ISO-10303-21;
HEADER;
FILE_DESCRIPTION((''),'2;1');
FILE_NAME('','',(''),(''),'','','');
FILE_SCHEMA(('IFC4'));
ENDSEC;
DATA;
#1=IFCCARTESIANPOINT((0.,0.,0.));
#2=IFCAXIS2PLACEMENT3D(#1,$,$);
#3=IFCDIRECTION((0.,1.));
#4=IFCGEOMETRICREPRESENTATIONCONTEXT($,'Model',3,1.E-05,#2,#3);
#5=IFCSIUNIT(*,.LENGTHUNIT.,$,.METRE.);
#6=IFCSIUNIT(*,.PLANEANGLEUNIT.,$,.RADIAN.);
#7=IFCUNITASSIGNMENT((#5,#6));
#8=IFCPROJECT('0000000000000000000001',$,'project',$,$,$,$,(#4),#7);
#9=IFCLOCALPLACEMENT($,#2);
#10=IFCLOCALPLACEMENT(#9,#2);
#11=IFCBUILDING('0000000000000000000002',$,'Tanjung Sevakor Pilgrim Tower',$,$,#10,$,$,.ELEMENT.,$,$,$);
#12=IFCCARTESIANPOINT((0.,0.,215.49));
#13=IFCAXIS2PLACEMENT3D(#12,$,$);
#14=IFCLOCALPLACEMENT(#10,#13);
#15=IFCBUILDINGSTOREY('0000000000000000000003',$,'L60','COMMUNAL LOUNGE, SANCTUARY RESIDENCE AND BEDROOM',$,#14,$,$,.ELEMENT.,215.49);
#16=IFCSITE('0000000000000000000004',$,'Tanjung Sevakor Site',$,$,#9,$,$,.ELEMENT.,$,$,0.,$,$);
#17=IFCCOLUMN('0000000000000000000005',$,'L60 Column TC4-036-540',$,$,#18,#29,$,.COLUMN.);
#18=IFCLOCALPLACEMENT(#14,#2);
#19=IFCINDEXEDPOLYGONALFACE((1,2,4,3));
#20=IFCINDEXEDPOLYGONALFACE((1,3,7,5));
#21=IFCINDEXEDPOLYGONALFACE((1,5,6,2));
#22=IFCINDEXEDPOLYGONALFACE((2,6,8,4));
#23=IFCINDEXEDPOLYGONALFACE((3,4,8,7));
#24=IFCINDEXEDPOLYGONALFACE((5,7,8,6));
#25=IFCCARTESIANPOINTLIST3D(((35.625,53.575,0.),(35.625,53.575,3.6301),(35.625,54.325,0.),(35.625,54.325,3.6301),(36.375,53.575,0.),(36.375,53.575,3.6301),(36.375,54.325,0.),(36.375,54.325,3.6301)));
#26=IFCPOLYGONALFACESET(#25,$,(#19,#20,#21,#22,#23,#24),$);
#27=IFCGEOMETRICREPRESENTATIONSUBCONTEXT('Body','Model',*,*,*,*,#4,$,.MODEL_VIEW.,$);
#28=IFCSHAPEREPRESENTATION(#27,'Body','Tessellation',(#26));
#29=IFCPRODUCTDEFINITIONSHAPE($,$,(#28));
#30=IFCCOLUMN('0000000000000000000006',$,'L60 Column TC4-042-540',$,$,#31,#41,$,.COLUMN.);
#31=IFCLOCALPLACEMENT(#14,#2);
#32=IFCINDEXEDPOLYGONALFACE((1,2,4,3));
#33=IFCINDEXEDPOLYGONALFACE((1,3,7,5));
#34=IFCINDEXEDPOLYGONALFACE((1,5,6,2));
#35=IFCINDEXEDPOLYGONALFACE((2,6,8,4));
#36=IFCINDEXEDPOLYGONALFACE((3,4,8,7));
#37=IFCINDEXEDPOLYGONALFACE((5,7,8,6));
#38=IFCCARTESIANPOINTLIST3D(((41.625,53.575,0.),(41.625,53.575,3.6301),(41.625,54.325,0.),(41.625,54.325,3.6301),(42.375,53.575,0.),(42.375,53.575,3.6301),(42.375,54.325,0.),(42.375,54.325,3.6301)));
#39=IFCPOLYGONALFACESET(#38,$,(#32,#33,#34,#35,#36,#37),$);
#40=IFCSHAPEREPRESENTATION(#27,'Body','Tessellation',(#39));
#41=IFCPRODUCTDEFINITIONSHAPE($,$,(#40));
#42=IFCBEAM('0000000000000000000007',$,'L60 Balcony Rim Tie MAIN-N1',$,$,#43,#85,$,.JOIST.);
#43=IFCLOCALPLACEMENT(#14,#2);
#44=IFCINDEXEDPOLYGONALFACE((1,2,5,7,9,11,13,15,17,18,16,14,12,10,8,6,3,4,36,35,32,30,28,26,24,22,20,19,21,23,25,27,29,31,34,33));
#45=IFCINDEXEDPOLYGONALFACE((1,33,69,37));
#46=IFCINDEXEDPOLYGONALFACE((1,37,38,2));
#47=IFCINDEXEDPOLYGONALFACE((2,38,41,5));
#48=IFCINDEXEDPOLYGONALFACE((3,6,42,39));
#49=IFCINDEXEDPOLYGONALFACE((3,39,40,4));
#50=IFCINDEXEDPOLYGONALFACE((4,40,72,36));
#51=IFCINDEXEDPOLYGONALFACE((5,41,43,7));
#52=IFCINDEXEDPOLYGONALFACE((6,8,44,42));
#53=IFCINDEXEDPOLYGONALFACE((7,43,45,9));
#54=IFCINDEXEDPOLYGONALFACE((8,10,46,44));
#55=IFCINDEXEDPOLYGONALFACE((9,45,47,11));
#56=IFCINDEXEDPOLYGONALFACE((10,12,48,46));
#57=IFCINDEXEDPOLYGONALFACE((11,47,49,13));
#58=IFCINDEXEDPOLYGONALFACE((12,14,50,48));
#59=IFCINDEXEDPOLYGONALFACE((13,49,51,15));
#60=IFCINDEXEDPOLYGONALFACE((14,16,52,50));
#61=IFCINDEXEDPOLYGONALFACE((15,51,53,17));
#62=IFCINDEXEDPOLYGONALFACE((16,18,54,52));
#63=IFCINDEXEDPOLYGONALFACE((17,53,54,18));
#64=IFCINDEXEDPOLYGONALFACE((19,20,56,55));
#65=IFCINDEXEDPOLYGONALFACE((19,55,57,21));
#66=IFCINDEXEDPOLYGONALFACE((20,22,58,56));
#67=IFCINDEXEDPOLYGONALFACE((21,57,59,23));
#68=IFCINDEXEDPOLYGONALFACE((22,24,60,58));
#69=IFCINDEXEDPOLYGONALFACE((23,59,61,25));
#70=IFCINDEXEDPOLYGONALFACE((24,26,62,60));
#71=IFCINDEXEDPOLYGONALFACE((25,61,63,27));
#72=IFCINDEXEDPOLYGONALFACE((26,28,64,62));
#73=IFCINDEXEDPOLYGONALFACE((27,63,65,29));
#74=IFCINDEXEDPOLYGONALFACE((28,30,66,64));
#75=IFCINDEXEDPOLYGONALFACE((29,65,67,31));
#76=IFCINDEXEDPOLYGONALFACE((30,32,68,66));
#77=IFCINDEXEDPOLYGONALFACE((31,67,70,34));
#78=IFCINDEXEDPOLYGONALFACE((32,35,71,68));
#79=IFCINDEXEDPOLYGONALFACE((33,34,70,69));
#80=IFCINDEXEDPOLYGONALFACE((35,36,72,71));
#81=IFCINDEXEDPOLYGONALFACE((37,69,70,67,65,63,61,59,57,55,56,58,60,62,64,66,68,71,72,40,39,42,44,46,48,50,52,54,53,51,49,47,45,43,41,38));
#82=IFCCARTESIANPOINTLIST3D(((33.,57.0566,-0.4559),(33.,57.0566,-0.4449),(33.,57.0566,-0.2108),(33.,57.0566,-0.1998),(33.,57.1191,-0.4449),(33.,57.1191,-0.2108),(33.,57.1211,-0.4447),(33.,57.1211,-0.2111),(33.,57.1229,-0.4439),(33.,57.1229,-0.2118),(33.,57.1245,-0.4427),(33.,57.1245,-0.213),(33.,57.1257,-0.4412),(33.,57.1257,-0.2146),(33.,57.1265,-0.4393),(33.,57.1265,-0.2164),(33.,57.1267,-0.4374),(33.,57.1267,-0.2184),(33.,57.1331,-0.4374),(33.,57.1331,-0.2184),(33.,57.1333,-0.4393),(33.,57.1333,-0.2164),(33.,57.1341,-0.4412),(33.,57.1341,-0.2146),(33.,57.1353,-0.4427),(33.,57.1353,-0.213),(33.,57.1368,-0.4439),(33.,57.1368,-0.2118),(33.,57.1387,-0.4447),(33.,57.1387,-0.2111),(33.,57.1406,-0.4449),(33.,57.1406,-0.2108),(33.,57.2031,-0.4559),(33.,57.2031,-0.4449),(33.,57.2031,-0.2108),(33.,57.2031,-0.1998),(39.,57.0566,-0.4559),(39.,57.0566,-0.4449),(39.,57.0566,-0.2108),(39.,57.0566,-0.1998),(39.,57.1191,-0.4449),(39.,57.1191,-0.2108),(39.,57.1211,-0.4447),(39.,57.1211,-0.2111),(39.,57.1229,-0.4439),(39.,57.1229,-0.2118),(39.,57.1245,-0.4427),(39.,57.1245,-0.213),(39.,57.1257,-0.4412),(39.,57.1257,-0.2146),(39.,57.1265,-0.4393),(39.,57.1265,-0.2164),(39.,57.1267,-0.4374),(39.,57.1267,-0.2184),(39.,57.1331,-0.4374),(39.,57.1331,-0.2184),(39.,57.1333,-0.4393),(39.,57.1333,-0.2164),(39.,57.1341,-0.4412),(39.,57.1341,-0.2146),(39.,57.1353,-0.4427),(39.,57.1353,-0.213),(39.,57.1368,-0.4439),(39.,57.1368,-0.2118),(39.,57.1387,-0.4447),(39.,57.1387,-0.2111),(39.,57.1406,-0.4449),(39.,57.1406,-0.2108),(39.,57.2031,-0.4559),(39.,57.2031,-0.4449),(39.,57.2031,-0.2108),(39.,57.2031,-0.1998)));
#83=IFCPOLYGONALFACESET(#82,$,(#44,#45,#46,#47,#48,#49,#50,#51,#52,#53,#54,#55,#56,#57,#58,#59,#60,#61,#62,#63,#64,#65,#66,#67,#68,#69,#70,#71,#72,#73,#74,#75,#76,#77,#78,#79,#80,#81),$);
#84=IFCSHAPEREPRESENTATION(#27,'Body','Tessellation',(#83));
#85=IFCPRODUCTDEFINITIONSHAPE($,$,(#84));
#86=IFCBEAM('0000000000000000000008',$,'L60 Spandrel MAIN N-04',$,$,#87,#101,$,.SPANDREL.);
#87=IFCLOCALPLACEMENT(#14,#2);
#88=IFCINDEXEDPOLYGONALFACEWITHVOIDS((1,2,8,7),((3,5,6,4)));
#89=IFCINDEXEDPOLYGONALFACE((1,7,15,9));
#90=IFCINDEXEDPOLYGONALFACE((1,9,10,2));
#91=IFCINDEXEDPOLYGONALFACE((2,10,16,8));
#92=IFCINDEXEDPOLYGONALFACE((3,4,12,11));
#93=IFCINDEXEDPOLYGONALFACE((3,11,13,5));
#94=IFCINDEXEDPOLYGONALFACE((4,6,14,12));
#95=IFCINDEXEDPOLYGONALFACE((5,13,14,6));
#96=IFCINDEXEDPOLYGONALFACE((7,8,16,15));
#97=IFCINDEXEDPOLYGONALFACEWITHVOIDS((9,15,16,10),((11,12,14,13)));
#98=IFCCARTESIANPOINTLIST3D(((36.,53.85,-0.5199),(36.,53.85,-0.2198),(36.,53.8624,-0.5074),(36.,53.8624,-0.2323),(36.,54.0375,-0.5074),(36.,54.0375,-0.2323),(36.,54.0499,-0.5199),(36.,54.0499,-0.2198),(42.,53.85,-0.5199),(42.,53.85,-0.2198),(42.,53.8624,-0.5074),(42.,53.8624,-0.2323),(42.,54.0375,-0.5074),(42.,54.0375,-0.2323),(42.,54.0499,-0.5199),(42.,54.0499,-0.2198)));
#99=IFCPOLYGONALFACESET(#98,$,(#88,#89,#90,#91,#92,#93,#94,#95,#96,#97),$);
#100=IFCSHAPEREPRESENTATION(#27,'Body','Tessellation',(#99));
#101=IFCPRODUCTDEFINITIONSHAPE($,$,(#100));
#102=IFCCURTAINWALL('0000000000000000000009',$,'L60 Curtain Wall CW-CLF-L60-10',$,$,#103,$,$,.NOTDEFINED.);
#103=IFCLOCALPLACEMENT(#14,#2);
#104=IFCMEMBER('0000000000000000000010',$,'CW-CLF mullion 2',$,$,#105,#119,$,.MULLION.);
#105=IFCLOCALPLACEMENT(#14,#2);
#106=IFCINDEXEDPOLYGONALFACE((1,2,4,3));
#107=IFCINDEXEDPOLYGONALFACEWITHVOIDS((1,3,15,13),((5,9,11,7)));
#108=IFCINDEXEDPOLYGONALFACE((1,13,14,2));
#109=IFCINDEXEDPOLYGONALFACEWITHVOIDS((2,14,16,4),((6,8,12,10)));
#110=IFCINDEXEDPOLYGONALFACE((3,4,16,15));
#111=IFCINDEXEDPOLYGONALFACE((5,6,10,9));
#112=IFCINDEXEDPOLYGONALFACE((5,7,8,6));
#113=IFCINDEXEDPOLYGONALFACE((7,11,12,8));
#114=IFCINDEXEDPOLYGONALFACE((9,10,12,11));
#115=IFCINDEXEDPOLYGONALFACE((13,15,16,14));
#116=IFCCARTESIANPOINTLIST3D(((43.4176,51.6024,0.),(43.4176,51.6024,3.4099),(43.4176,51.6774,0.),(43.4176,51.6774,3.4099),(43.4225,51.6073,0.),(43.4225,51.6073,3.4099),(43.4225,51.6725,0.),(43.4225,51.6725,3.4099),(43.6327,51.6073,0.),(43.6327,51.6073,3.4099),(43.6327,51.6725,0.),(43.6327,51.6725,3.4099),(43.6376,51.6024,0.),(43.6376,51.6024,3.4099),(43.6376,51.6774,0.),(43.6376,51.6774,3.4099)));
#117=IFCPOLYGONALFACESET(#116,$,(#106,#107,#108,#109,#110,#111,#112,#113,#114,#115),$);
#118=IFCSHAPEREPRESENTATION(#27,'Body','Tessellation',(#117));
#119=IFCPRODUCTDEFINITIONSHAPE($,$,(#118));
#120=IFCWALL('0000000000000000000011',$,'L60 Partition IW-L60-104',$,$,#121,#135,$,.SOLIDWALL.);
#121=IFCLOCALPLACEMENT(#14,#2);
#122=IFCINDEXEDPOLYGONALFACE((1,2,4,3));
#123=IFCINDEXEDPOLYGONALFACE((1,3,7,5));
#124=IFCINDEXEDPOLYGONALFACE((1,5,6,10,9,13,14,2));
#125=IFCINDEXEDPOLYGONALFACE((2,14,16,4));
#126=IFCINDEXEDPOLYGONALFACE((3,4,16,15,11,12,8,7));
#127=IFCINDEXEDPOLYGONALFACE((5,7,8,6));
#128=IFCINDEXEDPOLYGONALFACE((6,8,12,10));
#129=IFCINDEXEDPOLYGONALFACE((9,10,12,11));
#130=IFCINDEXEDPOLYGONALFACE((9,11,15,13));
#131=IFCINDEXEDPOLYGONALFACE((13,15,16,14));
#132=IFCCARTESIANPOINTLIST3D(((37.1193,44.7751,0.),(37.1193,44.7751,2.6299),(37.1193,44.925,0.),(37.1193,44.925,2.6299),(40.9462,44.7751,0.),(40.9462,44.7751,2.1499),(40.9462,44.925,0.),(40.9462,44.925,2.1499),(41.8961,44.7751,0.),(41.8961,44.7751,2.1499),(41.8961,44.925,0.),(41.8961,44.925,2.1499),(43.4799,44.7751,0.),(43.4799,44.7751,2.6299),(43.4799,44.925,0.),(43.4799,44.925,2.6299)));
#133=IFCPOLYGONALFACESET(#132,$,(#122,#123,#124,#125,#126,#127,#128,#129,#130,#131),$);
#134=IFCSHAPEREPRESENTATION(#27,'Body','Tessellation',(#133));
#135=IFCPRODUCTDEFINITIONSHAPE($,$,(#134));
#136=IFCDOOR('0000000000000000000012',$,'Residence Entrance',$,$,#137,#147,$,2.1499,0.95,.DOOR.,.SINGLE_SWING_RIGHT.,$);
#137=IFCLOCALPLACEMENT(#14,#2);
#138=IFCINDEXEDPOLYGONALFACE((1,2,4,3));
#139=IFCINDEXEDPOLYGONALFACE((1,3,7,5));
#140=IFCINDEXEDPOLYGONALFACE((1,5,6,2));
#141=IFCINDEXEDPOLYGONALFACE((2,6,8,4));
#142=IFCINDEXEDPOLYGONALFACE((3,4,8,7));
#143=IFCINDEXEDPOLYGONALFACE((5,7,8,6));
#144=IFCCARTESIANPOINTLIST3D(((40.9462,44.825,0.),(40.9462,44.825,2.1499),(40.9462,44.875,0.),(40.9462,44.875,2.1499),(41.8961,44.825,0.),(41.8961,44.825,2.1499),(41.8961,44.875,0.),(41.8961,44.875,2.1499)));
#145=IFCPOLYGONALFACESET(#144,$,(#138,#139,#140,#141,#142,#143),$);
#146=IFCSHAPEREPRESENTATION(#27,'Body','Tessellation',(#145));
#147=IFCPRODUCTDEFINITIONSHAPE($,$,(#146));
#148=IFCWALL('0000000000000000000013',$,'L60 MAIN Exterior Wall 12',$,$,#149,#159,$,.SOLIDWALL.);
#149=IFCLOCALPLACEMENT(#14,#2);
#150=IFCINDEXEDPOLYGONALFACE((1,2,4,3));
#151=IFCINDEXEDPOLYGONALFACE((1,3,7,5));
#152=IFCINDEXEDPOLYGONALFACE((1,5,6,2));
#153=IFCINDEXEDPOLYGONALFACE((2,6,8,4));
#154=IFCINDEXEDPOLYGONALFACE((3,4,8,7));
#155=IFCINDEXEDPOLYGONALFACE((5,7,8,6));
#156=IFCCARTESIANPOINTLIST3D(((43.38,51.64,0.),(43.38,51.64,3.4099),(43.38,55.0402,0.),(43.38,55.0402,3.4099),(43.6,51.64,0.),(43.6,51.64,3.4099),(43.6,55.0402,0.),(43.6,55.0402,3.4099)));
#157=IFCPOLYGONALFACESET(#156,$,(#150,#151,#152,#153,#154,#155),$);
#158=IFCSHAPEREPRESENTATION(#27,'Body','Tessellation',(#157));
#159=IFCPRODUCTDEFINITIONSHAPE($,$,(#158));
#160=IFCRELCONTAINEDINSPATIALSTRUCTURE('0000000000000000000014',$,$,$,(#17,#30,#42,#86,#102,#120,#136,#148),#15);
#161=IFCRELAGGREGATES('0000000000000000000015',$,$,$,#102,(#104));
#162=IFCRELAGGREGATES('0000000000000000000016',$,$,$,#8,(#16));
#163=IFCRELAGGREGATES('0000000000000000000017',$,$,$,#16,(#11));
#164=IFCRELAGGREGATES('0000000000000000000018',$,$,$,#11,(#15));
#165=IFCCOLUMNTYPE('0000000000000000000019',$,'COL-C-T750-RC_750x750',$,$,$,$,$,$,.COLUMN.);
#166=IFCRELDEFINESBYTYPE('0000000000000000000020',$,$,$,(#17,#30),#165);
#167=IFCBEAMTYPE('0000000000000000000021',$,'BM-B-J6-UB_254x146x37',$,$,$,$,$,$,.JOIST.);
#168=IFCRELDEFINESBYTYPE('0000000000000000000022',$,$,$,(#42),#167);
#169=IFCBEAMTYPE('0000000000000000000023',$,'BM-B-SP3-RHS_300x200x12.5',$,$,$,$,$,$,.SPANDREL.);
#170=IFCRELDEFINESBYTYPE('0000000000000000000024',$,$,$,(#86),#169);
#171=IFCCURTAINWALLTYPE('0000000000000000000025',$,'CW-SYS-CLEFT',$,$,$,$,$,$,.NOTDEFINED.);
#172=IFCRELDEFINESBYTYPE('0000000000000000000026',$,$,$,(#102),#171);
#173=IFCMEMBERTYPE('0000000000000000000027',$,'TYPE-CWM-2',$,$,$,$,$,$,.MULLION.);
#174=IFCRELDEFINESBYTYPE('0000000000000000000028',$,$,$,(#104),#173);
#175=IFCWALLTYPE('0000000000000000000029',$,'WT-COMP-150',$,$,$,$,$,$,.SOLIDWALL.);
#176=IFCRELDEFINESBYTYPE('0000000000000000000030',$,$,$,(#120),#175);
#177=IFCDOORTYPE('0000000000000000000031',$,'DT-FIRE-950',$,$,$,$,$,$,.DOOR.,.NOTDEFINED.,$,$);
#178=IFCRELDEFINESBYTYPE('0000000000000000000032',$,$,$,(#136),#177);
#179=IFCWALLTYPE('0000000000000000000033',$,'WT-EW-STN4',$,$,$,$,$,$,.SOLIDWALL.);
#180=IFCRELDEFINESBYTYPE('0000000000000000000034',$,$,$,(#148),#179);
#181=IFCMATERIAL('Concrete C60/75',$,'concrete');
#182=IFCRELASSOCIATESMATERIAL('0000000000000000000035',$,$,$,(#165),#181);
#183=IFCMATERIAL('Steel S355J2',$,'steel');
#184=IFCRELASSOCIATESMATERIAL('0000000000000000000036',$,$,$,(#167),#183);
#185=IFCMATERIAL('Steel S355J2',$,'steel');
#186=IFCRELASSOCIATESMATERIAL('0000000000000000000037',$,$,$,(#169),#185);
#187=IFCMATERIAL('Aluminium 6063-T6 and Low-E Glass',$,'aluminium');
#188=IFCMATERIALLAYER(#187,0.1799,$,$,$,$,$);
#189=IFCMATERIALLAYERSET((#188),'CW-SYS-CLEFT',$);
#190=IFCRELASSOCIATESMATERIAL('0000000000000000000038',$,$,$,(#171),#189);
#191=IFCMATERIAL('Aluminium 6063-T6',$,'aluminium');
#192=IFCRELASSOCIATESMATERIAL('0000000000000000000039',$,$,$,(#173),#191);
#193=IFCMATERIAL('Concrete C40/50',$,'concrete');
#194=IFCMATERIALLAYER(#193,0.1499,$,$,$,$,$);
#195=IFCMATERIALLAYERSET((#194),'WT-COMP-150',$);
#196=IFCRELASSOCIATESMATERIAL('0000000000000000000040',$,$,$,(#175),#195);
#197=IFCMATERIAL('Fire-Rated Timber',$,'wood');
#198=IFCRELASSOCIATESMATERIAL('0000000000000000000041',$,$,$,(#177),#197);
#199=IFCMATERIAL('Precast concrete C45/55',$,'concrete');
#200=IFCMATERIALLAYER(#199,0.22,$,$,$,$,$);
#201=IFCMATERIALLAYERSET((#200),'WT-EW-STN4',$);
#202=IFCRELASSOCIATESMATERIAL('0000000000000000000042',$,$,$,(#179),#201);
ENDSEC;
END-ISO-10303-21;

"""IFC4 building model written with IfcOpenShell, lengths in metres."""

from ifc_helpers import new_model, si_unit, direction, frame, frame_2d, origin, origin_2d, place, context, subcontext, project, spatial, rectangle, hollow_rectangle, i_section, extrude, material, layer, layer_set, material_profile, profile_set, type_object, element, fill, aggregate, save


model = new_model("IFC4")

# Units and contexts
model_context = context("Model", 3, precision=1e-05, world=origin(), true_north=direction((0.0, 1.0)))
body_context = subcontext(model_context, "Body", "Model", "MODEL_VIEW")
ifc_project = project(units=[si_unit("LENGTHUNIT", "METRE"), si_unit("PLANEANGLEUNIT", "RADIAN")], contexts=[model_context])

# Site, building, storey
site_placement = place(None, origin())
site = spatial("IfcSite", under=ifc_project, at=site_placement, Name="Tanjung Sevakor Site", CompositionType="ELEMENT", RefElevation=0.0)
building_placement = place(site_placement, origin())
building = spatial("IfcBuilding", under=site, at=building_placement, Name="Tanjung Sevakor Pilgrim Tower", CompositionType="ELEMENT")
storey_placement = place(building_placement, frame((0.0, 0.0, 215.49)))
storey = spatial("IfcBuildingStorey", under=building, at=storey_placement, Name="L60", Description="COMMUNAL LOUNGE, SANCTUARY RESIDENCE AND BEDROOM", CompositionType="ELEMENT", Elevation=215.49)

# Columns
ifc_material_1 = material(Name="Concrete C60/75", Category="concrete")
ifc_material_profile_1 = material_profile(ifc_material_1, rectangle(XDim=0.75, YDim=0.75, at=origin_2d()))
ifc_profile_set_1 = profile_set([ifc_material_profile_1], Name="Concrete C60/75")
column_type = type_object("IfcColumnType", Name="COL-C-T750-RC_750x750", PredefinedType="COLUMN", material=ifc_profile_set_1)
for number, where, z_axis, x_axis, name in (
    (1, (36.0, 53.95, 0.0), (0.0, 0.0, 1.0), (1.0, 0.0, 0.0), "L60 Column TC4-036-540"),
    (2, (42.0, 53.95, 0.0), (0.0, 0.0, 1.0), (1.0, 0.0, 0.0), "L60 Column TC4-042-540"),
):
    element("IfcColumn", number, at=place(storey_placement, frame(where, z_axis=z_axis, x_axis=x_axis)), inside=storey, type_object=column_type, Name=name, PredefinedType="COLUMN", context=body_context, shape_type="SweptSolid", body=[
        extrude(rectangle(XDim=0.75, YDim=0.75, at=origin_2d()), origin(), (0.0, 0.0, 1.0), 3.6301),
    ])

# Beams
ifc_material_2 = material(Name="Steel S355J2", Category="steel")
ifc_material_profile_2 = material_profile(ifc_material_2, i_section(OverallWidth=0.1465, OverallDepth=0.2561, WebThickness=0.0063, FlangeThickness=0.011, FilletRadius=0.0076, at=origin_2d()))
ifc_profile_set_2 = profile_set([ifc_material_profile_2], Name="Steel S355J2")
beam_type_1 = type_object("IfcBeamType", Name="BM-B-J6-UB_254x146x37", PredefinedType="JOIST", material=ifc_profile_set_2)
beam_1_placement = place(storey_placement, frame((33.0, 57.1299, -0.3279), z_axis=(1.0, 0.0, 0.0), x_axis=(0.0, 1.0, 0.0)))
element("IfcBeam", 3, at=beam_1_placement, inside=storey, type_object=beam_type_1, Name="L60 Balcony Rim Tie MAIN-N1", PredefinedType="JOIST", context=body_context, shape_type="SweptSolid", body=[
    extrude(i_section(OverallWidth=0.1465, OverallDepth=0.2561, WebThickness=0.0063, FlangeThickness=0.011, FilletRadius=0.0076, at=origin_2d()), origin(), (0.0, 0.0, 1.0), 6.0),
])
ifc_material_3 = material(Name="Steel S355J2", Category="steel")
ifc_material_profile_3 = material_profile(ifc_material_3, hollow_rectangle(XDim=0.2, YDim=0.3, WallThickness=0.0125, at=origin_2d()))
ifc_profile_set_3 = profile_set([ifc_material_profile_3], Name="Steel S355J2")
beam_type_2 = type_object("IfcBeamType", Name="BM-B-SP3-RHS_300x200x12.5", PredefinedType="SPANDREL", material=ifc_profile_set_3)
beam_2_placement = place(storey_placement, frame((36.0, 53.95, -0.3699), z_axis=(1.0, 0.0, 0.0), x_axis=(0.0, 1.0, 0.0)))
element("IfcBeam", 4, at=beam_2_placement, inside=storey, type_object=beam_type_2, Name="L60 Spandrel MAIN N-04", PredefinedType="SPANDREL", context=body_context, shape_type="SweptSolid", body=[
    extrude(hollow_rectangle(XDim=0.2, YDim=0.3, WallThickness=0.0125, at=origin_2d()), origin(), (0.0, 0.0, 1.0), 6.0),
])

# Curtain wall, member
ifc_material_4 = material(Name="Aluminium 6063-T6 and Low-E Glass", Category="aluminium")
ifc_layer_1 = layer(ifc_material_4, 0.1799)
ifc_layer_set_1 = layer_set([ifc_layer_1], Name="CW-SYS-CLEFT")
curtain_wall_type = type_object("IfcCurtainWallType", Name="CW-SYS-CLEFT", PredefinedType="NOTDEFINED", material=ifc_layer_set_1)
curtain_wall_placement = place(storey_placement, origin())
curtain_wall = element("IfcCurtainWall", 5, at=curtain_wall_placement, inside=storey, type_object=curtain_wall_type, Name="L60 Curtain Wall CW-CLF-L60-10", PredefinedType="NOTDEFINED")
ifc_material_5 = material(Name="Aluminium 6063-T6", Category="aluminium")
ifc_material_profile_4 = material_profile(ifc_material_5, hollow_rectangle(XDim=0.075, YDim=0.22, WallThickness=0.0049, at=origin_2d()))
ifc_profile_set_4 = profile_set([ifc_material_profile_4], Name="Aluminium 6063-T6")
member_type = type_object("IfcMemberType", Name="TYPE-CWM-2", PredefinedType="MULLION", material=ifc_profile_set_4)
member_placement = place(storey_placement, frame((43.5276, 51.6399, 0.0), z_axis=(0.0, 0.0, 1.0), x_axis=(0.0, -1.0, 0.0)))
member = element("IfcMember", 6, at=member_placement, type_object=member_type, Name="CW-CLF mullion 2", PredefinedType="MULLION", context=body_context, shape_type="SweptSolid", body=[
    extrude(hollow_rectangle(XDim=0.075, YDim=0.22, WallThickness=0.0049, at=origin_2d()), origin(), (0.0, 0.0, 1.0), 3.4099),
])
aggregate(curtain_wall, [member])

# Wall, opening, door
ifc_material_6 = material(Name="Concrete C40/50", Category="concrete")
ifc_layer_2 = layer(ifc_material_6, 0.1499)
ifc_layer_set_2 = layer_set([ifc_layer_2], Name="WT-COMP-150")
wall_type_1 = type_object("IfcWallType", Name="WT-COMP-150", PredefinedType="SOLIDWALL", material=ifc_layer_set_2)
wall_1_placement = place(storey_placement, frame((37.1194, 44.8501, 0.0), z_axis=(0.0, 0.0, 1.0), x_axis=(1.0, 0.0, 0.0)))
wall_1 = element("IfcWall", 7, at=wall_1_placement, inside=storey, type_object=wall_type_1, Name="L60 Partition IW-L60-104", PredefinedType="SOLIDWALL", context=body_context, shape_type="SweptSolid", body=[
    extrude(rectangle(XDim=6.3606, YDim=0.1499, at=frame_2d((3.1802, 0.0))), origin(), (0.0, 0.0, 1.0), 2.6299),
])
opening_1_placement = place(wall_1_placement, frame((3.8267, 0.0, 0.0)))
opening_1 = element("IfcOpeningElement", 8, at=opening_1_placement, cuts=wall_1, PredefinedType="OPENING", context=body_context, shape_type="SweptSolid", body=[
    extrude(rectangle(XDim=0.95, YDim=2.1499, at=frame_2d((0.4751, 1.075))), frame((0.0, 0.085, 0.0), z_axis=(0.0, -1.0, 0.0), x_axis=(1.0, 0.0, 0.0)), (0.0, 0.0, 1.0), 0.1699),
])
ifc_material_7 = material(Name="Fire-Rated Timber", Category="wood")
door_type_1 = type_object("IfcDoorType", Name="DT-FIRE-950", OperationType="NOTDEFINED", PredefinedType="DOOR", material=ifc_material_7)
door_1_placement = place(opening_1_placement, origin())
door_1 = element("IfcDoor", 9, at=door_1_placement, inside=storey, type_object=door_type_1, Name="Residence Entrance", OperationType="SINGLE_SWING_RIGHT", OverallHeight=2.1499, OverallWidth=0.95, PredefinedType="DOOR", context=body_context, shape_type="SweptSolid", body=[
    extrude(rectangle(XDim=0.95, YDim=2.1499, at=frame_2d((0.4751, 1.075))), frame((0.0, 0.0249, 0.0), z_axis=(0.0, -1.0, 0.0), x_axis=(1.0, 0.0, 0.0)), (0.0, 0.0, 1.0), 0.05),
])
fill(opening_1, door_1)

# Wall
ifc_material_8 = material(Name="Precast concrete C45/55", Category="concrete")
ifc_layer_3 = layer(ifc_material_8, 0.22)
ifc_layer_set_3 = layer_set([ifc_layer_3], Name="WT-EW-STN4")
wall_type_2 = type_object("IfcWallType", Name="WT-EW-STN4", PredefinedType="SOLIDWALL", material=ifc_layer_set_3)
wall_2_placement = place(storey_placement, frame((43.49, 51.6399, 0.0), z_axis=(0.0, 0.0, 1.0), x_axis=(0.0, 1.0, 0.0)))
element("IfcWall", 10, at=wall_2_placement, inside=storey, type_object=wall_type_2, Name="L60 MAIN Exterior Wall 12", PredefinedType="SOLIDWALL", context=body_context, shape_type="SweptSolid", body=[
    extrude(rectangle(XDim=3.4001, YDim=0.22, at=frame_2d((1.7002, 0.0))), origin(), (0.0, 0.0, 1.0), 3.4099),
])

save(model, "model.ifc")
